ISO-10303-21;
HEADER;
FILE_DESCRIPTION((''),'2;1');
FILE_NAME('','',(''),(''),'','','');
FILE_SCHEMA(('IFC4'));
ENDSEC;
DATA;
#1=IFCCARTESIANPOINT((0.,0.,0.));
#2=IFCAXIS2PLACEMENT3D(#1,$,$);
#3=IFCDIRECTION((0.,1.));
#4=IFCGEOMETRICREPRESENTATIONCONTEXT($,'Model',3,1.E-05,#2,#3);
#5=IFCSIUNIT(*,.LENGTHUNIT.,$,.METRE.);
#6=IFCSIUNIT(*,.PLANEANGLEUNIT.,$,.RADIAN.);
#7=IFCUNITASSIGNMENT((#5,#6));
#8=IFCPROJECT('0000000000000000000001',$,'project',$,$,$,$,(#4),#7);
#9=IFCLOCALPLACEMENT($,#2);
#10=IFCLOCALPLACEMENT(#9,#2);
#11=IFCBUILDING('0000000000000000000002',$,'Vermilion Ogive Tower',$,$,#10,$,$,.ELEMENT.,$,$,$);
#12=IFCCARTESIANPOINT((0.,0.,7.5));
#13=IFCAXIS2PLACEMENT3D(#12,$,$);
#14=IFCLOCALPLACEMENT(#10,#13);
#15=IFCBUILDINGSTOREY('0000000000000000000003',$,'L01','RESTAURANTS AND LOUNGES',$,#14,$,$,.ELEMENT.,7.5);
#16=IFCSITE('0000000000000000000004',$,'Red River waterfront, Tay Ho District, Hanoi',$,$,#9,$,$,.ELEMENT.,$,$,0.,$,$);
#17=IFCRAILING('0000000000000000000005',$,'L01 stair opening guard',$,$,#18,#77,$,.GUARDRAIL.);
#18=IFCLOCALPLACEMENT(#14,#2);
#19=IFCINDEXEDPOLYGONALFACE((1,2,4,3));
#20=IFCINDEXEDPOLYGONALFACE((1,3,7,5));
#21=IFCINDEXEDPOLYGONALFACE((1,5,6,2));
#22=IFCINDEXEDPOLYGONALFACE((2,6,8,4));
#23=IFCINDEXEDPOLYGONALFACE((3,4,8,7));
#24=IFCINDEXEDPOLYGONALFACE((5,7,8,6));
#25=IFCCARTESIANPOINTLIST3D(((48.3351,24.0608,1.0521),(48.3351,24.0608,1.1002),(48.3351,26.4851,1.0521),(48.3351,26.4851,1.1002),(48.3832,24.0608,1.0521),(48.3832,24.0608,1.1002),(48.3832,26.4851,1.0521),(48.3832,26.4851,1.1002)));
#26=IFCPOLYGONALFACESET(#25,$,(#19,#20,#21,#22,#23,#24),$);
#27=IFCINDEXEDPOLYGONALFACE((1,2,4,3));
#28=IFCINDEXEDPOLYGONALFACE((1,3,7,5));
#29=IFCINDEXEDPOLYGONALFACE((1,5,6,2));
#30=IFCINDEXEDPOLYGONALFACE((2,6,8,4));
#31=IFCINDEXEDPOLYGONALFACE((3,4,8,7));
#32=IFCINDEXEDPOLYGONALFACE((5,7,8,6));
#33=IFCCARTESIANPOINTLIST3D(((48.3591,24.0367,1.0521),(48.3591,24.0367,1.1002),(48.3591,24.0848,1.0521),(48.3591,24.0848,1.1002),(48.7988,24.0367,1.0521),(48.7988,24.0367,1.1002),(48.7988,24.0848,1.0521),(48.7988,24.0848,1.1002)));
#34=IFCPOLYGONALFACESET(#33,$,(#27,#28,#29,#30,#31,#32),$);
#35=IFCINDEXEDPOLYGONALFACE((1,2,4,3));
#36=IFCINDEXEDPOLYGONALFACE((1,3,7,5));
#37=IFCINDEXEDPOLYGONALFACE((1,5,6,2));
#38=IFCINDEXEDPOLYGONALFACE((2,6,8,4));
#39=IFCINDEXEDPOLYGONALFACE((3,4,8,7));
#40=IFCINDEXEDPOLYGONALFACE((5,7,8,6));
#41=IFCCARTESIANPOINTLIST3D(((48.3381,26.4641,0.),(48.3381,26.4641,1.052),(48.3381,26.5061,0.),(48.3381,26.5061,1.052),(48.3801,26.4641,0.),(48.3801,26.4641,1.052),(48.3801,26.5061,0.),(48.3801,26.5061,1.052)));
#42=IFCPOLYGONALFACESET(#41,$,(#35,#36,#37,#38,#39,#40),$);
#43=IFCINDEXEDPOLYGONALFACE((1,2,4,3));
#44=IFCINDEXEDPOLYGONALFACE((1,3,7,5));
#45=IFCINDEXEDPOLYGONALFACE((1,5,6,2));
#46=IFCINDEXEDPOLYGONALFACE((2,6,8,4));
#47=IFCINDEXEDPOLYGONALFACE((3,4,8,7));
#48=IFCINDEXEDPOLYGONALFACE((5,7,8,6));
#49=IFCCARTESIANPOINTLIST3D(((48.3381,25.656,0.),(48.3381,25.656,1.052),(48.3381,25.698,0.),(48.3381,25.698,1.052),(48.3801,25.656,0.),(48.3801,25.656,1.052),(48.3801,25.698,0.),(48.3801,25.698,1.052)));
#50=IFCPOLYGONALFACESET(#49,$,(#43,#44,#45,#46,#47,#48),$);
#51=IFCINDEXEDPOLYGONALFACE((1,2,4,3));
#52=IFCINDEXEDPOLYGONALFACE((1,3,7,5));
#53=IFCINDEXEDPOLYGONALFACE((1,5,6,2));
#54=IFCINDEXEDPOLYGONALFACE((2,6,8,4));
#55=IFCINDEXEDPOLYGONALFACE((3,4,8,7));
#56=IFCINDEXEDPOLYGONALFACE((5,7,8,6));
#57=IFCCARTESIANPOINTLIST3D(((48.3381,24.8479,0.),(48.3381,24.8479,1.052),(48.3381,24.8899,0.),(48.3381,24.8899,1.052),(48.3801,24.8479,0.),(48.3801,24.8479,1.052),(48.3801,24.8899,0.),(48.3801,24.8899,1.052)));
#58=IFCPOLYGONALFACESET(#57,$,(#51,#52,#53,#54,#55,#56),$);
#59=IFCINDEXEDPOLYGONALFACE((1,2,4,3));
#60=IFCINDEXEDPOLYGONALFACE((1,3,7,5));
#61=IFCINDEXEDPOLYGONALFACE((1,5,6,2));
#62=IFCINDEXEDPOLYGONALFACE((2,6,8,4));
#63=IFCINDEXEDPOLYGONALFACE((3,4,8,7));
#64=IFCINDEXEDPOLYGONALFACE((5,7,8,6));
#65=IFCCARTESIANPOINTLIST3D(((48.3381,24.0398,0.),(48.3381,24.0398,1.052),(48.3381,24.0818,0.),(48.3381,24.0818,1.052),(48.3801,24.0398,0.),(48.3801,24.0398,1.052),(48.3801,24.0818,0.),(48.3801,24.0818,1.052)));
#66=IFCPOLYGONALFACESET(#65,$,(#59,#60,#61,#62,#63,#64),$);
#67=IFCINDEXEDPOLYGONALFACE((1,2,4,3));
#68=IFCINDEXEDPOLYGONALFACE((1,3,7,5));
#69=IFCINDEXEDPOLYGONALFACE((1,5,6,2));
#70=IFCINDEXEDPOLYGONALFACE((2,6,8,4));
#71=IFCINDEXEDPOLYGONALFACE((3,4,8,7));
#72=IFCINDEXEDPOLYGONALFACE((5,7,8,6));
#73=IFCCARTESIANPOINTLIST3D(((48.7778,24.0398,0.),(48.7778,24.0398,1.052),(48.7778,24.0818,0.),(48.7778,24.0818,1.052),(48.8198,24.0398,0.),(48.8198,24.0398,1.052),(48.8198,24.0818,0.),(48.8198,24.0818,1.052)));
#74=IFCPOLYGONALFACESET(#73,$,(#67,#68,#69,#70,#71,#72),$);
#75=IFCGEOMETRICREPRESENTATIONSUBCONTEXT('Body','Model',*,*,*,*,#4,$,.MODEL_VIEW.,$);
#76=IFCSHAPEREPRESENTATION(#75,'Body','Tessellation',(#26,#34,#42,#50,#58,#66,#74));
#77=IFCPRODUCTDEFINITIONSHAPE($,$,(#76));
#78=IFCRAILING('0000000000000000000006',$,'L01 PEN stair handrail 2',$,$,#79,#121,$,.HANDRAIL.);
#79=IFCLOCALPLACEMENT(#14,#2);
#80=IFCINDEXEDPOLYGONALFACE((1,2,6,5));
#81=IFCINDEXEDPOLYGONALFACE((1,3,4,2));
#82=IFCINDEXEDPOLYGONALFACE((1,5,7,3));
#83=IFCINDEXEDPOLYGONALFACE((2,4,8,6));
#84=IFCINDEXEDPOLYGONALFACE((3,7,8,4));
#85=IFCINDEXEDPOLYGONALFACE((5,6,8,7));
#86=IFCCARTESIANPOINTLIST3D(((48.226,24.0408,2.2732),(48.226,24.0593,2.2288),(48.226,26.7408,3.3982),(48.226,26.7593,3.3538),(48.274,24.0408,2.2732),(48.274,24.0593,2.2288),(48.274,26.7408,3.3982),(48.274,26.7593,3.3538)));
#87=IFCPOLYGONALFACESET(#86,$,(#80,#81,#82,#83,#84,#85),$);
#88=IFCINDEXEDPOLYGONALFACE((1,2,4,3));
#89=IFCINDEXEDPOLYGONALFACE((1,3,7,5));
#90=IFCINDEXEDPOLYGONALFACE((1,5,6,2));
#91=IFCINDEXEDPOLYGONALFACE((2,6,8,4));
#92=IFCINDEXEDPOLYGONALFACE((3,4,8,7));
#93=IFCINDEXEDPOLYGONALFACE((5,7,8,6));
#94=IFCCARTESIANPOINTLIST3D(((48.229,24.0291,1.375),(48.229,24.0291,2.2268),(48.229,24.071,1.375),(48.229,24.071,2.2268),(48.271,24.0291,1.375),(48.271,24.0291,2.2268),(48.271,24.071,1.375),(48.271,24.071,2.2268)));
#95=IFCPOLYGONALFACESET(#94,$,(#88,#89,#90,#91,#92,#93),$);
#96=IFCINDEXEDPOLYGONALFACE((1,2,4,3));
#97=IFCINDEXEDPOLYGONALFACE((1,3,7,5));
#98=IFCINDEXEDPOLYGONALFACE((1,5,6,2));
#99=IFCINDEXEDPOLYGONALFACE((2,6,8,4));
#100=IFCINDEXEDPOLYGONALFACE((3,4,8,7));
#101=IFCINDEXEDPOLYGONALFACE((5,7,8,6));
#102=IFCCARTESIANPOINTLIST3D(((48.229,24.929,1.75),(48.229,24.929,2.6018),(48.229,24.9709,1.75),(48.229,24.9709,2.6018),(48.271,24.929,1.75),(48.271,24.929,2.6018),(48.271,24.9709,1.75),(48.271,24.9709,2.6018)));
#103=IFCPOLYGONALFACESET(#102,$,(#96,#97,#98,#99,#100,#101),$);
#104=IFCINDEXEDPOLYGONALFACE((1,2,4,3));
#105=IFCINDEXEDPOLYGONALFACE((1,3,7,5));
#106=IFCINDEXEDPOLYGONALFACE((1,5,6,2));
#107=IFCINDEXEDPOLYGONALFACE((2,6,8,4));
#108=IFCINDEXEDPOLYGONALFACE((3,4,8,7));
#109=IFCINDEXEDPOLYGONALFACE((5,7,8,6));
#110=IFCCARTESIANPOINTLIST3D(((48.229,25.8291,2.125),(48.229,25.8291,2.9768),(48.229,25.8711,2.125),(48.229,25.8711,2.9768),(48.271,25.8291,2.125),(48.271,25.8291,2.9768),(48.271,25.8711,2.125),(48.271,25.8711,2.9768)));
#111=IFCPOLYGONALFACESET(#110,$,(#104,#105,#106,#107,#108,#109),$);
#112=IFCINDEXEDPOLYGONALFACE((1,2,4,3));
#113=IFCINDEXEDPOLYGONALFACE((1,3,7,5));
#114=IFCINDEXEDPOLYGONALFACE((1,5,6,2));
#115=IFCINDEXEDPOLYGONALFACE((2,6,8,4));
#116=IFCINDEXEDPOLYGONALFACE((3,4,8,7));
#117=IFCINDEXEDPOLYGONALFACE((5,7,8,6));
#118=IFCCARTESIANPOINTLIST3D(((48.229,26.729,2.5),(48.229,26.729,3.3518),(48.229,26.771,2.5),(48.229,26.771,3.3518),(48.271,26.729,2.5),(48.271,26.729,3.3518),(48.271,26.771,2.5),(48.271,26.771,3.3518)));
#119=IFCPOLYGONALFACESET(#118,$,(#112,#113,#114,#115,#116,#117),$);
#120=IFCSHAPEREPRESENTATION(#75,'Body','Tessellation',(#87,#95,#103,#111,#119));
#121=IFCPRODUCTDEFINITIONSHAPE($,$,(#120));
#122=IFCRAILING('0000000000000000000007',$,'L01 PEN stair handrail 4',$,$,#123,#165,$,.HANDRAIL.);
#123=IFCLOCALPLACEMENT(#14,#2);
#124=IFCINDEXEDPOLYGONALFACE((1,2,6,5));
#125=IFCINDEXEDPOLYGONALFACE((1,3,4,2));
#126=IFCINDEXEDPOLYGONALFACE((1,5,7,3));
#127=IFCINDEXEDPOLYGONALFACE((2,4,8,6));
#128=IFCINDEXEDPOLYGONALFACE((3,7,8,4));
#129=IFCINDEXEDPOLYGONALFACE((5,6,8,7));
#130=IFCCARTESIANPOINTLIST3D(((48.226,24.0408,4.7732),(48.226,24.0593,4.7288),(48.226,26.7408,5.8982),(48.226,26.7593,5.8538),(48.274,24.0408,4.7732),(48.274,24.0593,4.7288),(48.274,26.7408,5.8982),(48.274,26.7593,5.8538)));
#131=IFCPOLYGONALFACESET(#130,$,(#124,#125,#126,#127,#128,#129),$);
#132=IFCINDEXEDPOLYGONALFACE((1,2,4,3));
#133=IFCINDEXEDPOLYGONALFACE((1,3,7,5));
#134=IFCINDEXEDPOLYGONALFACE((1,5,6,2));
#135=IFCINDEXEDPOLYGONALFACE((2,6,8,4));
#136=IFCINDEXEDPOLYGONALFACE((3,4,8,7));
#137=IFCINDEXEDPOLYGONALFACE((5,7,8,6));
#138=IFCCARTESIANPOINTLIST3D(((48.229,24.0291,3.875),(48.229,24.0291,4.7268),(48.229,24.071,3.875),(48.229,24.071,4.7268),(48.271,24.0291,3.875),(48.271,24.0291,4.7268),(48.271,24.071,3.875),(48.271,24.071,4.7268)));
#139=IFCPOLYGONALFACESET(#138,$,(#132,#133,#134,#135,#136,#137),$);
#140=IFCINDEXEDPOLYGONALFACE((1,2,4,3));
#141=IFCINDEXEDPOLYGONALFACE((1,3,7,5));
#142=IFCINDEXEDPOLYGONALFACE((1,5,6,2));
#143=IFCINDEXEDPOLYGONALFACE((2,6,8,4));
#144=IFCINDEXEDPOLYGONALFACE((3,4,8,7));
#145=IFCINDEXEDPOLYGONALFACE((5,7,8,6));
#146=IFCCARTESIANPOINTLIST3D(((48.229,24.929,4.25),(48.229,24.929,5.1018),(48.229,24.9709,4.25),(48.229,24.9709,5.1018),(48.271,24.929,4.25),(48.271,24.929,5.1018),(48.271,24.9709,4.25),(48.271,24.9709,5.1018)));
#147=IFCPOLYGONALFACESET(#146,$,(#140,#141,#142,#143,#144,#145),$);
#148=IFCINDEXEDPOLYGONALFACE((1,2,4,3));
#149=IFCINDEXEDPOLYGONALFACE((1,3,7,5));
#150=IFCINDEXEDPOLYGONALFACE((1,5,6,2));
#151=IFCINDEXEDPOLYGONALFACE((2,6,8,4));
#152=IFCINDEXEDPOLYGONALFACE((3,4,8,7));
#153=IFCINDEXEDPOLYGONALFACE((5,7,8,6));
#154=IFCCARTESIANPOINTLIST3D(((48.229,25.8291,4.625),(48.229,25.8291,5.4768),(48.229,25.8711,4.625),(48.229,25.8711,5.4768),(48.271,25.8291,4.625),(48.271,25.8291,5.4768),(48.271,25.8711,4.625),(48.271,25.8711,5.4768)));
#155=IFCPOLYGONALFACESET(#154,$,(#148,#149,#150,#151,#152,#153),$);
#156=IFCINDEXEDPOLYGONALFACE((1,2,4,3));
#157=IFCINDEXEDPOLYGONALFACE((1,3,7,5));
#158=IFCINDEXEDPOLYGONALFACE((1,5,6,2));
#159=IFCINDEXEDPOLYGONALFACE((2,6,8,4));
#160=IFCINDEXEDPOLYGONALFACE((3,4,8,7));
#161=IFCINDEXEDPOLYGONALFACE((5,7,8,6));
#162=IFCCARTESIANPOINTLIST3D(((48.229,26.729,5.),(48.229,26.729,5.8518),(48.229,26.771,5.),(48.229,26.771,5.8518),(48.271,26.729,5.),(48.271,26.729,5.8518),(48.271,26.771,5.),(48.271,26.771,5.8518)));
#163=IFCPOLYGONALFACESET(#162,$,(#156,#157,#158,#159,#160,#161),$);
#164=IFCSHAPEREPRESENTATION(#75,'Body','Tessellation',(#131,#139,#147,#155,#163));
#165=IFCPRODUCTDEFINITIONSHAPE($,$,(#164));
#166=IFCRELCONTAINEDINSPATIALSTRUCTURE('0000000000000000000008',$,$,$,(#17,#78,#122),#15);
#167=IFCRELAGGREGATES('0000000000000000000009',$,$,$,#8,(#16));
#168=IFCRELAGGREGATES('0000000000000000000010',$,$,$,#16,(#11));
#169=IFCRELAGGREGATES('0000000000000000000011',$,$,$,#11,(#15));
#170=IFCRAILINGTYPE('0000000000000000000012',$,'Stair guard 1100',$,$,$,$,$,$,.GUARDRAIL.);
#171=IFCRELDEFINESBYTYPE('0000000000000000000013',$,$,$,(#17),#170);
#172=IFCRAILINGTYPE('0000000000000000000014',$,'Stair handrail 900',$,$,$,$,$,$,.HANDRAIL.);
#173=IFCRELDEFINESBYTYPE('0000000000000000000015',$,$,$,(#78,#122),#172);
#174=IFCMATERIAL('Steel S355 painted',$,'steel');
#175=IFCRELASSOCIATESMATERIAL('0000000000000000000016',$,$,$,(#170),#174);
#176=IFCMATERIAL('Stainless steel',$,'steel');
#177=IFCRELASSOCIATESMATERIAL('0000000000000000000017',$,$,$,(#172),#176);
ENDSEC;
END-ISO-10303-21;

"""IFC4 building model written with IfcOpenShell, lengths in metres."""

from ifc_helpers import new_model, si_unit, direction, frame, origin, origin_2d, place, context, subcontext, project, spatial, rectangle, extrude, material, type_object, element, save


model = new_model("IFC4")

# Units and contexts
model_context = context("Model", 3, precision=1e-05, world=origin(), true_north=direction((0.0, 1.0)))
body_context = subcontext(model_context, "Body", "Model", "MODEL_VIEW")
ifc_project = project(units=[si_unit("LENGTHUNIT", "METRE"), si_unit("PLANEANGLEUNIT", "RADIAN")], contexts=[model_context])

# Site, building, storey
site_placement = place(None, origin())
site = spatial("IfcSite", under=ifc_project, at=site_placement, Name="Red River waterfront, Tay Ho District, Hanoi", CompositionType="ELEMENT", RefElevation=0.0)
building_placement = place(site_placement, origin())
building = spatial("IfcBuilding", under=site, at=building_placement, Name="Vermilion Ogive Tower", CompositionType="ELEMENT")
storey_placement = place(building_placement, frame((0.0, 0.0, 7.5)))
storey = spatial("IfcBuildingStorey", under=building, at=storey_placement, Name="L01", Description="RESTAURANTS AND LOUNGES", CompositionType="ELEMENT", Elevation=7.5)

# Railings
ifc_material_1 = material(Name="Steel S355 painted", Category="steel")
railing_type_1 = type_object("IfcRailingType", Name="Stair guard 1100", PredefinedType="GUARDRAIL", material=ifc_material_1)
railing_1_placement = place(storey_placement, frame((48.3591, 26.4851, 0.0)))
element("IfcRailing", 1, at=railing_1_placement, inside=storey, type_object=railing_type_1, Name="L01 stair opening guard", PredefinedType="GUARDRAIL", context=body_context, shape_type="SweptSolid", body=[
    extrude(rectangle(XDim=0.0481, YDim=0.0481, at=origin_2d()), frame((0.0, 0.0, 1.0762), z_axis=(0.0, -1.0, 0.0), x_axis=(1.0, 0.0, 0.0)), (0.0, 0.0, 1.0), 2.4243),
    extrude(rectangle(XDim=0.0481, YDim=0.0481, at=origin_2d()), frame((0.0, -2.4243, 1.0762), z_axis=(1.0, 0.0, 0.0), x_axis=(0.0, 1.0, 0.0)), (0.0, 0.0, 1.0), 0.4397),
    extrude(rectangle(XDim=0.042, YDim=0.042, at=origin_2d()), origin(), (0.0, 0.0, 1.0), 1.052),
    extrude(rectangle(XDim=0.042, YDim=0.042, at=origin_2d()), frame((0.0, -0.8081, 0.0)), (0.0, 0.0, 1.0), 1.052),
    extrude(rectangle(XDim=0.042, YDim=0.042, at=origin_2d()), frame((0.0, -1.6162, 0.0)), (0.0, 0.0, 1.0), 1.052),
    extrude(rectangle(XDim=0.042, YDim=0.042, at=origin_2d()), frame((0.0, -2.4243, 0.0)), (0.0, 0.0, 1.0), 1.052),
    extrude(rectangle(XDim=0.042, YDim=0.042, at=origin_2d()), frame((0.4397, -2.4243, 0.0)), (0.0, 0.0, 1.0), 1.052),
])
ifc_material_2 = material(Name="Stainless steel", Category="steel")
railing_type_2 = type_object("IfcRailingType", Name="Stair handrail 900", PredefinedType="HANDRAIL", material=ifc_material_2)
for number, where, name in (
    (2, (48.25, 24.05, 1.375), "L01 PEN stair handrail 2"),
    (3, (48.25, 24.05, 3.875), "L01 PEN stair handrail 4"),
):
    element("IfcRailing", number, at=place(storey_placement, frame(where)), inside=storey, type_object=railing_type_2, Name=name, PredefinedType="HANDRAIL", context=body_context, shape_type="SweptSolid", body=[
        extrude(rectangle(XDim=0.0481, YDim=0.0481, at=origin_2d()), frame((0.0, 0.0, 0.876), z_axis=(0.0, 0.923074, 0.384621), x_axis=(-1.0, 0.0, 0.0)), (0.0, 0.0, 1.0), 2.925),
        extrude(rectangle(XDim=0.042, YDim=0.042, at=origin_2d()), origin(), (0.0, 0.0, 1.0), 0.8518),
        extrude(rectangle(XDim=0.042, YDim=0.042, at=origin_2d()), frame((0.0, 0.8999, 0.375)), (0.0, 0.0, 1.0), 0.8518),
        extrude(rectangle(XDim=0.042, YDim=0.042, at=origin_2d()), frame((0.0, 1.8, 0.75)), (0.0, 0.0, 1.0), 0.8518),
        extrude(rectangle(XDim=0.042, YDim=0.042, at=origin_2d()), frame((0.0, 2.7, 1.125)), (0.0, 0.0, 1.0), 0.8518),
    ])

save(model, "model.ifc")
